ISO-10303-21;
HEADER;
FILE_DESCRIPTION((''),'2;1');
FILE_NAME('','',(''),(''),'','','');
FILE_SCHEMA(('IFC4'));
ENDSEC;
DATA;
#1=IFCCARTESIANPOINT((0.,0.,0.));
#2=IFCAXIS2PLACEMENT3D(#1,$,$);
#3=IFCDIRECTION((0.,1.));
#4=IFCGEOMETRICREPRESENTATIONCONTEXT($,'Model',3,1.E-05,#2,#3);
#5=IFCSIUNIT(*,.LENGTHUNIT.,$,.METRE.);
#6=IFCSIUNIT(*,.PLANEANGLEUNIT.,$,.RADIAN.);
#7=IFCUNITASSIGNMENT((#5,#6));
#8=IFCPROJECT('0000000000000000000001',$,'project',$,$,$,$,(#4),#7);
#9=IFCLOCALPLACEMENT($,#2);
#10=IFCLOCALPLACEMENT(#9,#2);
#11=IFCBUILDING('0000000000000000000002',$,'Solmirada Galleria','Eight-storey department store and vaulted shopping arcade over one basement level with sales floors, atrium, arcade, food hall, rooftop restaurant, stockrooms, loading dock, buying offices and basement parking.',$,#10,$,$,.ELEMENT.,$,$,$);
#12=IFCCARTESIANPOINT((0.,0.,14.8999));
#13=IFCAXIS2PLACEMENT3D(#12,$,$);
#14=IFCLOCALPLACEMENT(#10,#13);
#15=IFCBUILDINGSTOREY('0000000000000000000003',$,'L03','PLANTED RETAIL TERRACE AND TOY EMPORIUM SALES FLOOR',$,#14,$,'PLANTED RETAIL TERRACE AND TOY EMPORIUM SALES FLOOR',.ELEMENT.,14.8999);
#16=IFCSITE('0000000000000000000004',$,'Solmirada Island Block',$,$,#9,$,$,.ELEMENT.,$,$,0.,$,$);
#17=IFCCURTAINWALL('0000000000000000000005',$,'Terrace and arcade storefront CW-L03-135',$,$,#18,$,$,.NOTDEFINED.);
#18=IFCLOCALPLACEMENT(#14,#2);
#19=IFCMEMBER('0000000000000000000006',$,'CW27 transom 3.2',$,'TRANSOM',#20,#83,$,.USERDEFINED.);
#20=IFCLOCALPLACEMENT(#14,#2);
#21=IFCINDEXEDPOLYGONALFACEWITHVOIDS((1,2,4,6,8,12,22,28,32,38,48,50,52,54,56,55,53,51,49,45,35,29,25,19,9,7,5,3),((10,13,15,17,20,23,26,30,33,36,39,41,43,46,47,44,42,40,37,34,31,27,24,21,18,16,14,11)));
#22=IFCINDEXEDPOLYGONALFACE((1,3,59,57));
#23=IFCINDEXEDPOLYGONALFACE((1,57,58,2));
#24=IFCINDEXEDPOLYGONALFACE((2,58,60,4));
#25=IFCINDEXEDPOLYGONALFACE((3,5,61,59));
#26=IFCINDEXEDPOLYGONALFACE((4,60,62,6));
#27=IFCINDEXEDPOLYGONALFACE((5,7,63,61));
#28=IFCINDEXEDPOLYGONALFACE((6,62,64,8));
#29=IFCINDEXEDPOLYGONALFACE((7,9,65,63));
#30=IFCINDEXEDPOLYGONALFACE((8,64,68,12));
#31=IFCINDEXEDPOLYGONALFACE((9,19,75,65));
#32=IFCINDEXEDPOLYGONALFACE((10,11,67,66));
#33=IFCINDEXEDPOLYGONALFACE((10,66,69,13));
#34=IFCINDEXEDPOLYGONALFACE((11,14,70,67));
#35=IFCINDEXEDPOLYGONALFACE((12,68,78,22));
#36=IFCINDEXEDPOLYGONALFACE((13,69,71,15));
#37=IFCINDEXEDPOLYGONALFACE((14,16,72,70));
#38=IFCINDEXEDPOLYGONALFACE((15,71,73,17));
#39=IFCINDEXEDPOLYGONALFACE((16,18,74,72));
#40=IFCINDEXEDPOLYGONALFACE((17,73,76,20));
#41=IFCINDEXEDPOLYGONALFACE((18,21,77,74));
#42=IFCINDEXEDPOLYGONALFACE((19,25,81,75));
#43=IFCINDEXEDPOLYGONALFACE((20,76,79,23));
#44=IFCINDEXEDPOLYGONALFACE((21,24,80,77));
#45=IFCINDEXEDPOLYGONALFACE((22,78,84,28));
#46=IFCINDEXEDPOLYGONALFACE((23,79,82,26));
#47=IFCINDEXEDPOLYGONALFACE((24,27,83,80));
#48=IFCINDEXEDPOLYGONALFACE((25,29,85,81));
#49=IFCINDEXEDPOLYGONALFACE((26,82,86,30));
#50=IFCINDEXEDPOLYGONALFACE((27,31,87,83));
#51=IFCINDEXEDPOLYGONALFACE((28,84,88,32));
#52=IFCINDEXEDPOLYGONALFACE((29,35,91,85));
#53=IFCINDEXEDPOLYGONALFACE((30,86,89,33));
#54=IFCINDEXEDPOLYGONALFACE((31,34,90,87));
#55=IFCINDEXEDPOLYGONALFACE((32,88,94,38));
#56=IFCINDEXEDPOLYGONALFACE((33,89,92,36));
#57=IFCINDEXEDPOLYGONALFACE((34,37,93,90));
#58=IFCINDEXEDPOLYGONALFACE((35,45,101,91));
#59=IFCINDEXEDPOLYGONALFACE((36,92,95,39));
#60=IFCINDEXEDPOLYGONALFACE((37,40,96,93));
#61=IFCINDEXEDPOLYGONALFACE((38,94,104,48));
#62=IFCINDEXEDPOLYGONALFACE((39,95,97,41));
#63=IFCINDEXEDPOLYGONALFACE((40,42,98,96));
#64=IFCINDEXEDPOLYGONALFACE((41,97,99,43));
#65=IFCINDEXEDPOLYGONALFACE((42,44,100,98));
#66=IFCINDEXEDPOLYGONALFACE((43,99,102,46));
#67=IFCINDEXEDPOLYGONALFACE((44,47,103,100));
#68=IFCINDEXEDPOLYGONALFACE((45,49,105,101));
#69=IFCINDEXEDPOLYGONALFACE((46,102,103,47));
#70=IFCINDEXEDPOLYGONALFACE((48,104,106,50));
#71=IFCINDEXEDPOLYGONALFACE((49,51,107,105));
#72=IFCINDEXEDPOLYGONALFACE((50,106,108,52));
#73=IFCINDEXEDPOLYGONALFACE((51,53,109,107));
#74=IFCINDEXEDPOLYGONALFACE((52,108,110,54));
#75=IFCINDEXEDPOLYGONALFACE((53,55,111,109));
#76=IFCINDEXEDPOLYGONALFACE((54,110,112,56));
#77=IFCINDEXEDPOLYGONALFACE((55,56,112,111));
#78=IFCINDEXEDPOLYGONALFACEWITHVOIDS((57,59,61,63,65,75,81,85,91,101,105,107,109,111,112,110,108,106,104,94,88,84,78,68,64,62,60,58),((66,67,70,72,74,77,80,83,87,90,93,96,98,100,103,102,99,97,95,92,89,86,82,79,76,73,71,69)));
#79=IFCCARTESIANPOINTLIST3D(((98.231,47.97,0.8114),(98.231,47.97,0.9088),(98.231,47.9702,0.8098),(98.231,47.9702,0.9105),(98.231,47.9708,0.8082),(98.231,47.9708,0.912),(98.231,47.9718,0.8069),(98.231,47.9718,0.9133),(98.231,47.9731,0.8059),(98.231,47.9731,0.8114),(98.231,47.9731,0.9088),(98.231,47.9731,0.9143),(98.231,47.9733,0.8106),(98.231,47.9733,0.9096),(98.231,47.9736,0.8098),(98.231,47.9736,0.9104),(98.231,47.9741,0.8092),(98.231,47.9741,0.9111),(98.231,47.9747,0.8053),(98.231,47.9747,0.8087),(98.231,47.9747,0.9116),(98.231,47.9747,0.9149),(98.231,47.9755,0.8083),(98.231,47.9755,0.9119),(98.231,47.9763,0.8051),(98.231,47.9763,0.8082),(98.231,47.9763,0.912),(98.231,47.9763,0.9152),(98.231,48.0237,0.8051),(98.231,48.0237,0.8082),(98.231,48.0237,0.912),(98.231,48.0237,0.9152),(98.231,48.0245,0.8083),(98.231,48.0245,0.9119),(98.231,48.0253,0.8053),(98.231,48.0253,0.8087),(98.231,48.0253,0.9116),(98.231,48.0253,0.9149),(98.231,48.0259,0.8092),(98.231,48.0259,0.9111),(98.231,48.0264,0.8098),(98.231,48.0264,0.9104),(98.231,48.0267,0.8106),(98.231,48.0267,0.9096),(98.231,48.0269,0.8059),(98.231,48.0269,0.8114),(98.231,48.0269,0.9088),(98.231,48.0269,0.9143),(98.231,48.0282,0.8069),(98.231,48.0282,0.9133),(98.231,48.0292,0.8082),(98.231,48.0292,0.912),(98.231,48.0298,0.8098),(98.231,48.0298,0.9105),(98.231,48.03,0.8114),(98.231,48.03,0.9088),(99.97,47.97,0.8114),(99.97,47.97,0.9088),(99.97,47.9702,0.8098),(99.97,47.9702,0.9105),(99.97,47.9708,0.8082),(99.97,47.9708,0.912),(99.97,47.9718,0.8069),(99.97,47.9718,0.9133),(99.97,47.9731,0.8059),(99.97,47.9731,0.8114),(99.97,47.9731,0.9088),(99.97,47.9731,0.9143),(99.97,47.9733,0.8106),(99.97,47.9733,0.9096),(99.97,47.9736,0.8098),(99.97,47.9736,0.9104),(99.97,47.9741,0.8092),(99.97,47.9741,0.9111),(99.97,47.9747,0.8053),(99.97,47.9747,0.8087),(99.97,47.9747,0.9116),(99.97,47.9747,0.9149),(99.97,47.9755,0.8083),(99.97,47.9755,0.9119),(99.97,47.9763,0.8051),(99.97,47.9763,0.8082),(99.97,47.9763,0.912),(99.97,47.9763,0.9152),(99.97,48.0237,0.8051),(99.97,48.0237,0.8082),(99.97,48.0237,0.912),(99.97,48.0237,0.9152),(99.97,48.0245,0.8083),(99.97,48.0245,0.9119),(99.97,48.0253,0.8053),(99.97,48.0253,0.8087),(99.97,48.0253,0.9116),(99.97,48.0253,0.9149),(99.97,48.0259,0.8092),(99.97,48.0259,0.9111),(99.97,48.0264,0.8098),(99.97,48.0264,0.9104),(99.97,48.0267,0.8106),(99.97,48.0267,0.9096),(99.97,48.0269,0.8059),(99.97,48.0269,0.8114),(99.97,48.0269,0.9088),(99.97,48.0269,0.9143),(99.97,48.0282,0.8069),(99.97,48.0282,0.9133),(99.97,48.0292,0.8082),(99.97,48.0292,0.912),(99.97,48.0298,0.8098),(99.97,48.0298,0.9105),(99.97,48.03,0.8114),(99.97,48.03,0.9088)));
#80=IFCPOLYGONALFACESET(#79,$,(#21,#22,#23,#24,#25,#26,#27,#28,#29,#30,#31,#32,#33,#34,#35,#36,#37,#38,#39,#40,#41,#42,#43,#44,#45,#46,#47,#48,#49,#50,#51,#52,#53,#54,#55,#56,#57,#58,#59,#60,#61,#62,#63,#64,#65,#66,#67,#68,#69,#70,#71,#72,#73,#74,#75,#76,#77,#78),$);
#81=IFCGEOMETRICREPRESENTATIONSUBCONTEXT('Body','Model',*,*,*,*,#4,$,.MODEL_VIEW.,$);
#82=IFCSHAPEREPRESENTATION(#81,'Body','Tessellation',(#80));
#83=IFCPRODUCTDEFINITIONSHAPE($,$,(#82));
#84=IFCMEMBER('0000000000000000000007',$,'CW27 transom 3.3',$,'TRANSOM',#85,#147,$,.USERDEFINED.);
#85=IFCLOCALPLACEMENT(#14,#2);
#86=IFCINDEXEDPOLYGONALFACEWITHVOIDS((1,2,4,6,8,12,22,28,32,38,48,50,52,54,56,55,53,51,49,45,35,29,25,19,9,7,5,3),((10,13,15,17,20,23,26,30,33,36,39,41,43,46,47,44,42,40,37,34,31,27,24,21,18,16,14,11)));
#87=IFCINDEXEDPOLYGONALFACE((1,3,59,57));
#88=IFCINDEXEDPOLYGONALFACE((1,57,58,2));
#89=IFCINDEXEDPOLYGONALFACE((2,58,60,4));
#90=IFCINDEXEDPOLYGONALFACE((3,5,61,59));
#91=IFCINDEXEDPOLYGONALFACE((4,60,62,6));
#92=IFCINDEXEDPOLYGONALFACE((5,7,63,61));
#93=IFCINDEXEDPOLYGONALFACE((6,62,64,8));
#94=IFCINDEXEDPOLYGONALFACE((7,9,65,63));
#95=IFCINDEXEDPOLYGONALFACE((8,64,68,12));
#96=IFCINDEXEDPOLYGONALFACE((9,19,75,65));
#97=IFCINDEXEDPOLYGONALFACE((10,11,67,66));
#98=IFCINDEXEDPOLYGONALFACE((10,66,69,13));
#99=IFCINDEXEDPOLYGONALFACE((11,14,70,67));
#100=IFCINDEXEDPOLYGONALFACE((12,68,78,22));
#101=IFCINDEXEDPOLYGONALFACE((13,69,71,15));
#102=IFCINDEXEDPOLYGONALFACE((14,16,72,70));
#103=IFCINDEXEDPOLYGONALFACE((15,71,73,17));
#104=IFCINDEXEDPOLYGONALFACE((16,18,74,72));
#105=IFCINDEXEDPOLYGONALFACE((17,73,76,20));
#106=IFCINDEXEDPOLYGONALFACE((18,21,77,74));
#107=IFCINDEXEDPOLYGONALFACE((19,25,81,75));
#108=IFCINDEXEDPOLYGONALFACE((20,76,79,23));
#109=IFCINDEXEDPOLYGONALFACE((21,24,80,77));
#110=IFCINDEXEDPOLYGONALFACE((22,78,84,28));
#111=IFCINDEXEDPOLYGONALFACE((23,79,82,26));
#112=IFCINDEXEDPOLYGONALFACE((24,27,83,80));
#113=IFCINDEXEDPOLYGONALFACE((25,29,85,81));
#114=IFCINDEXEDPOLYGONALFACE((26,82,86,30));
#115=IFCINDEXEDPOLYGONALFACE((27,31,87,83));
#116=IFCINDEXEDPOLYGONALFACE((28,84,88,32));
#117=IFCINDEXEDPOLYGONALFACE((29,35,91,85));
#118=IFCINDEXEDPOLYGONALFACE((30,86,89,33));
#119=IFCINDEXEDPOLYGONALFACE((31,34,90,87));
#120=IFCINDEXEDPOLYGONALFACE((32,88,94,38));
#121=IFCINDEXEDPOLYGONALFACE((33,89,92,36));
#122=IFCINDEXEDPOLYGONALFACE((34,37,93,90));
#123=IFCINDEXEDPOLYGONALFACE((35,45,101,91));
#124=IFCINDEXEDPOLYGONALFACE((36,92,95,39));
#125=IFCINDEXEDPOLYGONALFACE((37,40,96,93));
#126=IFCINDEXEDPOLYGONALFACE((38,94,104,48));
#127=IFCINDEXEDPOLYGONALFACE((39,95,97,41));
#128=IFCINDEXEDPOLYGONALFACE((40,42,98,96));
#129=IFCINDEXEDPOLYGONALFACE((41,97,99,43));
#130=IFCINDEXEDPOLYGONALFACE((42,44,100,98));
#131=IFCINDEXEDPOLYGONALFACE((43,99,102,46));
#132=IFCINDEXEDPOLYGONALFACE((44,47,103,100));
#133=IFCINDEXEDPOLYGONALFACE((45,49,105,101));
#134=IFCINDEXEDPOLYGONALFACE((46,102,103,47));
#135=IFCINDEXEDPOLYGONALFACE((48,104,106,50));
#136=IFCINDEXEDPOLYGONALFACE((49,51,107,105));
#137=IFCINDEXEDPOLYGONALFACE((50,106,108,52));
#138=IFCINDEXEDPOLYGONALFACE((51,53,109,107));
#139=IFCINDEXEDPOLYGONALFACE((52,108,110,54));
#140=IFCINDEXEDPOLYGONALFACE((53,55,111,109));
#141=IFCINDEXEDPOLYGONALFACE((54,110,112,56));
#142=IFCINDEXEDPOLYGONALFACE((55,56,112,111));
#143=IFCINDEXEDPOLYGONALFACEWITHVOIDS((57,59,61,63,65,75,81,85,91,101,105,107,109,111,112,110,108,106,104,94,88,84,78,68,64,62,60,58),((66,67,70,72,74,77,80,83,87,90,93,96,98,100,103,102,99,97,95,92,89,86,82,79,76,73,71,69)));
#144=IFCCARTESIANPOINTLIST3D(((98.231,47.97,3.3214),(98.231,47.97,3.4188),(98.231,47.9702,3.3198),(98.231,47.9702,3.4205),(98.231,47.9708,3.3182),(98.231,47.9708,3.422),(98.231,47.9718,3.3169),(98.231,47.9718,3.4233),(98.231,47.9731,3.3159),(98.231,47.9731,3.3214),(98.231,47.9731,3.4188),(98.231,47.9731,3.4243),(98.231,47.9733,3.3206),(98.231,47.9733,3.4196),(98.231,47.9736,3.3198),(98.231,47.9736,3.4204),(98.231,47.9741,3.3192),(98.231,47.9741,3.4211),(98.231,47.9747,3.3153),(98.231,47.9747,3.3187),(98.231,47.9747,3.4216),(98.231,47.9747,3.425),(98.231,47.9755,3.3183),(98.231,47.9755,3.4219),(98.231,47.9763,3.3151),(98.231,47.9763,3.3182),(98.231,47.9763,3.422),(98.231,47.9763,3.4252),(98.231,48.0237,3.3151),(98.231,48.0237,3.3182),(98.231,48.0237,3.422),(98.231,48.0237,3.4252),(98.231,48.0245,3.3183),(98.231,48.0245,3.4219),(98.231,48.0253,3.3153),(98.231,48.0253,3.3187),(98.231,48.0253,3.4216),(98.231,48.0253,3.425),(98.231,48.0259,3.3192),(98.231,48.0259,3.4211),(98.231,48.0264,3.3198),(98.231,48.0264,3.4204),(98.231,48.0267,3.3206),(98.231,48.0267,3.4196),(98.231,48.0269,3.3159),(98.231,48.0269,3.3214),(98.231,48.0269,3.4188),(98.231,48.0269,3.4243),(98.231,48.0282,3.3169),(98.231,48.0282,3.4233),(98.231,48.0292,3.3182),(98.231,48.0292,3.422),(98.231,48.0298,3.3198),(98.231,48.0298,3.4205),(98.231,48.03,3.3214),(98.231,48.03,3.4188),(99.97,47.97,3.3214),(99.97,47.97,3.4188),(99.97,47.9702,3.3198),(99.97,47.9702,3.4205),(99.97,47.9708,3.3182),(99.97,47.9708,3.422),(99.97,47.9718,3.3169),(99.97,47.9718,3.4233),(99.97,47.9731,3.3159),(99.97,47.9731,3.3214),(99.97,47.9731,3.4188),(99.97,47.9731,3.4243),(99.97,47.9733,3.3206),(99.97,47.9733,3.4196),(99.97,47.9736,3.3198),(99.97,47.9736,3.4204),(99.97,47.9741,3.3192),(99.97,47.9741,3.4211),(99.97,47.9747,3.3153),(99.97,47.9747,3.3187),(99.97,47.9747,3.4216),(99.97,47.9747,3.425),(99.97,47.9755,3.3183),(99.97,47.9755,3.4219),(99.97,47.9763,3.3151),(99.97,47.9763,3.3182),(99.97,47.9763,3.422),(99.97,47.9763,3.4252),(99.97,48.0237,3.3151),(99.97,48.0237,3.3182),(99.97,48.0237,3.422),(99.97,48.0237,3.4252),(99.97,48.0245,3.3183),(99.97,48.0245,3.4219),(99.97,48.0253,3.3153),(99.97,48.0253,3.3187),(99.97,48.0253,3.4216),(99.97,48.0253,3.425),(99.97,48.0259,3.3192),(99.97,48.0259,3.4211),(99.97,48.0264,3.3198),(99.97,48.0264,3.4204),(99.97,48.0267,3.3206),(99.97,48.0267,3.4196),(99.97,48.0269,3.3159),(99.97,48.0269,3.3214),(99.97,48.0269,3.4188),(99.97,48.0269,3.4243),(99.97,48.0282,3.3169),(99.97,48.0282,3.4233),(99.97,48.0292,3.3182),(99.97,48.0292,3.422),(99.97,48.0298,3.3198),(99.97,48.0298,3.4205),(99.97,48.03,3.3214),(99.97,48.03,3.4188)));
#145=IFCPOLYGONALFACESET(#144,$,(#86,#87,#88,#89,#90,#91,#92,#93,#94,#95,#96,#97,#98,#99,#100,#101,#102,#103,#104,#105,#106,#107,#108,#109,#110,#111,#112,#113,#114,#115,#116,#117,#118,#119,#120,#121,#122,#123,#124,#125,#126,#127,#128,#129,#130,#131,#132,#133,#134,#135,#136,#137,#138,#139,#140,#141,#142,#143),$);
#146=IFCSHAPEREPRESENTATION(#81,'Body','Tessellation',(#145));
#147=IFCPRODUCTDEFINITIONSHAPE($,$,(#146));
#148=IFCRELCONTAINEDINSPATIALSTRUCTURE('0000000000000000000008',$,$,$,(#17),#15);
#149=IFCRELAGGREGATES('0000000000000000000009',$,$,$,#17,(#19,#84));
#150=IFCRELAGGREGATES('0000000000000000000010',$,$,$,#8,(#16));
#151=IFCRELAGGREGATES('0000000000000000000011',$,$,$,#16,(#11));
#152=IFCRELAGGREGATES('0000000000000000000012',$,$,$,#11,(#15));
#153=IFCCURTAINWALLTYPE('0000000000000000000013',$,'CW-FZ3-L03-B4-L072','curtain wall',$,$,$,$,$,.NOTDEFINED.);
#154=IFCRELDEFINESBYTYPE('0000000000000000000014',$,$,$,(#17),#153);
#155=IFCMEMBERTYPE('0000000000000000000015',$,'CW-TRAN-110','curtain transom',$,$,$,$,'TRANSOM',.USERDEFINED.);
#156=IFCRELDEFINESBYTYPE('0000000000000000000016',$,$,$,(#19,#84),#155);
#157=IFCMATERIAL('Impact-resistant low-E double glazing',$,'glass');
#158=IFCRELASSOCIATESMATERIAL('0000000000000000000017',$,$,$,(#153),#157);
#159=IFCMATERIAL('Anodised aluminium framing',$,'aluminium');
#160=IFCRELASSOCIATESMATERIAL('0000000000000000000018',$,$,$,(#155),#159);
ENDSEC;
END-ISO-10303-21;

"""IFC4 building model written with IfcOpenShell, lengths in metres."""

from ifc_helpers import new_model, si_unit, direction, frame, origin, origin_2d, place, context, subcontext, project, spatial, hollow_rectangle, extrude, material, material_profile, profile_set, type_object, element, aggregate, save


model = new_model("IFC4")

# Units and contexts
model_context = context("Model", 3, precision=1e-05, world=origin(), true_north=direction((0.0, 1.0)))
body_context = subcontext(model_context, "Body", "Model", "MODEL_VIEW")
ifc_project = project(units=[si_unit("LENGTHUNIT", "METRE"), si_unit("PLANEANGLEUNIT", "RADIAN")], contexts=[model_context])

# Site, building, storey
site_placement = place(None, origin())
site = spatial("IfcSite", under=ifc_project, at=site_placement, Name="Solmirada Island Block", CompositionType="ELEMENT", RefElevation=0.0)
building_placement = place(site_placement, origin())
building = spatial("IfcBuilding", under=site, at=building_placement, Name="Solmirada Galleria", Description="Eight-storey department store and vaulted shopping arcade over one basement level with sales floors, atrium, arcade, food hall, rooftop restaurant, stockrooms, loading dock, buying offices and basement parking.", CompositionType="ELEMENT")
storey_placement = place(building_placement, frame((0.0, 0.0, 14.8999)))
storey = spatial("IfcBuildingStorey", under=building, at=storey_placement, Name="L03", Description="PLANTED RETAIL TERRACE AND TOY EMPORIUM SALES FLOOR", LongName="PLANTED RETAIL TERRACE AND TOY EMPORIUM SALES FLOOR", CompositionType="ELEMENT", Elevation=14.8999)

# Curtain wall, members
ifc_material_1 = material(Name="Impact-resistant low-E double glazing", Category="glass")
curtain_wall_type = type_object("IfcCurtainWallType", Name="CW-FZ3-L03-B4-L072", Description="curtain wall", PredefinedType="NOTDEFINED", material=ifc_material_1)
curtain_wall_placement = place(storey_placement, origin())
curtain_wall = element("IfcCurtainWall", 1, at=curtain_wall_placement, inside=storey, type_object=curtain_wall_type, Name="Terrace and arcade storefront CW-L03-135", PredefinedType="NOTDEFINED")
ifc_material_2 = material(Name="Anodised aluminium framing", Category="aluminium")
ifc_material_profile_1 = material_profile(ifc_material_2, hollow_rectangle(XDim=0.0601, YDim=0.1101, WallThickness=0.0032, InnerFilletRadius=0.0032, OuterFilletRadius=0.0063, at=origin_2d()), Name="ALU-TRAN-110X60")
ifc_profile_set_1 = profile_set([ifc_material_profile_1], Name="Anodised aluminium framing")
member_type_1 = type_object("IfcMemberType", Name="CW-TRAN-110", Description="curtain transom", ElementType="TRANSOM", PredefinedType="USERDEFINED", material=ifc_profile_set_1)
member_1_placement = place(storey_placement, frame((99.97, 48.0, 0.8601), z_axis=(-1.0, 0.0, 0.0), x_axis=(0.0, -1.0, 0.0)))
member_1 = element("IfcMember", 2, at=member_1_placement, type_object=member_type_1, Name="CW27 transom 3.2", ObjectType="TRANSOM", PredefinedType="USERDEFINED", context=body_context, shape_type="SweptSolid", body=[
    extrude(hollow_rectangle(XDim=0.0601, YDim=0.1101, WallThickness=0.0032, InnerFilletRadius=0.0032, OuterFilletRadius=0.0063, at=origin_2d()), origin(), (0.0, 0.0, 1.0), 1.739),
])
member_2_placement = place(storey_placement, frame((99.97, 48.0, 3.3701), z_axis=(-1.0, 0.0, 0.0), x_axis=(0.0, -1.0, 0.0)))
member_2 = element("IfcMember", 3, at=member_2_placement, type_object=member_type_1, Name="CW27 transom 3.3", ObjectType="TRANSOM", PredefinedType="USERDEFINED", context=body_context, shape_type="SweptSolid", body=[
    extrude(hollow_rectangle(XDim=0.0601, YDim=0.1101, WallThickness=0.0032, InnerFilletRadius=0.0032, OuterFilletRadius=0.0063, at=origin_2d()), origin(), (0.0, 0.0, 1.0), 1.739),
])
aggregate(curtain_wall, [member_1, member_2])

save(model, "model.ifc")
